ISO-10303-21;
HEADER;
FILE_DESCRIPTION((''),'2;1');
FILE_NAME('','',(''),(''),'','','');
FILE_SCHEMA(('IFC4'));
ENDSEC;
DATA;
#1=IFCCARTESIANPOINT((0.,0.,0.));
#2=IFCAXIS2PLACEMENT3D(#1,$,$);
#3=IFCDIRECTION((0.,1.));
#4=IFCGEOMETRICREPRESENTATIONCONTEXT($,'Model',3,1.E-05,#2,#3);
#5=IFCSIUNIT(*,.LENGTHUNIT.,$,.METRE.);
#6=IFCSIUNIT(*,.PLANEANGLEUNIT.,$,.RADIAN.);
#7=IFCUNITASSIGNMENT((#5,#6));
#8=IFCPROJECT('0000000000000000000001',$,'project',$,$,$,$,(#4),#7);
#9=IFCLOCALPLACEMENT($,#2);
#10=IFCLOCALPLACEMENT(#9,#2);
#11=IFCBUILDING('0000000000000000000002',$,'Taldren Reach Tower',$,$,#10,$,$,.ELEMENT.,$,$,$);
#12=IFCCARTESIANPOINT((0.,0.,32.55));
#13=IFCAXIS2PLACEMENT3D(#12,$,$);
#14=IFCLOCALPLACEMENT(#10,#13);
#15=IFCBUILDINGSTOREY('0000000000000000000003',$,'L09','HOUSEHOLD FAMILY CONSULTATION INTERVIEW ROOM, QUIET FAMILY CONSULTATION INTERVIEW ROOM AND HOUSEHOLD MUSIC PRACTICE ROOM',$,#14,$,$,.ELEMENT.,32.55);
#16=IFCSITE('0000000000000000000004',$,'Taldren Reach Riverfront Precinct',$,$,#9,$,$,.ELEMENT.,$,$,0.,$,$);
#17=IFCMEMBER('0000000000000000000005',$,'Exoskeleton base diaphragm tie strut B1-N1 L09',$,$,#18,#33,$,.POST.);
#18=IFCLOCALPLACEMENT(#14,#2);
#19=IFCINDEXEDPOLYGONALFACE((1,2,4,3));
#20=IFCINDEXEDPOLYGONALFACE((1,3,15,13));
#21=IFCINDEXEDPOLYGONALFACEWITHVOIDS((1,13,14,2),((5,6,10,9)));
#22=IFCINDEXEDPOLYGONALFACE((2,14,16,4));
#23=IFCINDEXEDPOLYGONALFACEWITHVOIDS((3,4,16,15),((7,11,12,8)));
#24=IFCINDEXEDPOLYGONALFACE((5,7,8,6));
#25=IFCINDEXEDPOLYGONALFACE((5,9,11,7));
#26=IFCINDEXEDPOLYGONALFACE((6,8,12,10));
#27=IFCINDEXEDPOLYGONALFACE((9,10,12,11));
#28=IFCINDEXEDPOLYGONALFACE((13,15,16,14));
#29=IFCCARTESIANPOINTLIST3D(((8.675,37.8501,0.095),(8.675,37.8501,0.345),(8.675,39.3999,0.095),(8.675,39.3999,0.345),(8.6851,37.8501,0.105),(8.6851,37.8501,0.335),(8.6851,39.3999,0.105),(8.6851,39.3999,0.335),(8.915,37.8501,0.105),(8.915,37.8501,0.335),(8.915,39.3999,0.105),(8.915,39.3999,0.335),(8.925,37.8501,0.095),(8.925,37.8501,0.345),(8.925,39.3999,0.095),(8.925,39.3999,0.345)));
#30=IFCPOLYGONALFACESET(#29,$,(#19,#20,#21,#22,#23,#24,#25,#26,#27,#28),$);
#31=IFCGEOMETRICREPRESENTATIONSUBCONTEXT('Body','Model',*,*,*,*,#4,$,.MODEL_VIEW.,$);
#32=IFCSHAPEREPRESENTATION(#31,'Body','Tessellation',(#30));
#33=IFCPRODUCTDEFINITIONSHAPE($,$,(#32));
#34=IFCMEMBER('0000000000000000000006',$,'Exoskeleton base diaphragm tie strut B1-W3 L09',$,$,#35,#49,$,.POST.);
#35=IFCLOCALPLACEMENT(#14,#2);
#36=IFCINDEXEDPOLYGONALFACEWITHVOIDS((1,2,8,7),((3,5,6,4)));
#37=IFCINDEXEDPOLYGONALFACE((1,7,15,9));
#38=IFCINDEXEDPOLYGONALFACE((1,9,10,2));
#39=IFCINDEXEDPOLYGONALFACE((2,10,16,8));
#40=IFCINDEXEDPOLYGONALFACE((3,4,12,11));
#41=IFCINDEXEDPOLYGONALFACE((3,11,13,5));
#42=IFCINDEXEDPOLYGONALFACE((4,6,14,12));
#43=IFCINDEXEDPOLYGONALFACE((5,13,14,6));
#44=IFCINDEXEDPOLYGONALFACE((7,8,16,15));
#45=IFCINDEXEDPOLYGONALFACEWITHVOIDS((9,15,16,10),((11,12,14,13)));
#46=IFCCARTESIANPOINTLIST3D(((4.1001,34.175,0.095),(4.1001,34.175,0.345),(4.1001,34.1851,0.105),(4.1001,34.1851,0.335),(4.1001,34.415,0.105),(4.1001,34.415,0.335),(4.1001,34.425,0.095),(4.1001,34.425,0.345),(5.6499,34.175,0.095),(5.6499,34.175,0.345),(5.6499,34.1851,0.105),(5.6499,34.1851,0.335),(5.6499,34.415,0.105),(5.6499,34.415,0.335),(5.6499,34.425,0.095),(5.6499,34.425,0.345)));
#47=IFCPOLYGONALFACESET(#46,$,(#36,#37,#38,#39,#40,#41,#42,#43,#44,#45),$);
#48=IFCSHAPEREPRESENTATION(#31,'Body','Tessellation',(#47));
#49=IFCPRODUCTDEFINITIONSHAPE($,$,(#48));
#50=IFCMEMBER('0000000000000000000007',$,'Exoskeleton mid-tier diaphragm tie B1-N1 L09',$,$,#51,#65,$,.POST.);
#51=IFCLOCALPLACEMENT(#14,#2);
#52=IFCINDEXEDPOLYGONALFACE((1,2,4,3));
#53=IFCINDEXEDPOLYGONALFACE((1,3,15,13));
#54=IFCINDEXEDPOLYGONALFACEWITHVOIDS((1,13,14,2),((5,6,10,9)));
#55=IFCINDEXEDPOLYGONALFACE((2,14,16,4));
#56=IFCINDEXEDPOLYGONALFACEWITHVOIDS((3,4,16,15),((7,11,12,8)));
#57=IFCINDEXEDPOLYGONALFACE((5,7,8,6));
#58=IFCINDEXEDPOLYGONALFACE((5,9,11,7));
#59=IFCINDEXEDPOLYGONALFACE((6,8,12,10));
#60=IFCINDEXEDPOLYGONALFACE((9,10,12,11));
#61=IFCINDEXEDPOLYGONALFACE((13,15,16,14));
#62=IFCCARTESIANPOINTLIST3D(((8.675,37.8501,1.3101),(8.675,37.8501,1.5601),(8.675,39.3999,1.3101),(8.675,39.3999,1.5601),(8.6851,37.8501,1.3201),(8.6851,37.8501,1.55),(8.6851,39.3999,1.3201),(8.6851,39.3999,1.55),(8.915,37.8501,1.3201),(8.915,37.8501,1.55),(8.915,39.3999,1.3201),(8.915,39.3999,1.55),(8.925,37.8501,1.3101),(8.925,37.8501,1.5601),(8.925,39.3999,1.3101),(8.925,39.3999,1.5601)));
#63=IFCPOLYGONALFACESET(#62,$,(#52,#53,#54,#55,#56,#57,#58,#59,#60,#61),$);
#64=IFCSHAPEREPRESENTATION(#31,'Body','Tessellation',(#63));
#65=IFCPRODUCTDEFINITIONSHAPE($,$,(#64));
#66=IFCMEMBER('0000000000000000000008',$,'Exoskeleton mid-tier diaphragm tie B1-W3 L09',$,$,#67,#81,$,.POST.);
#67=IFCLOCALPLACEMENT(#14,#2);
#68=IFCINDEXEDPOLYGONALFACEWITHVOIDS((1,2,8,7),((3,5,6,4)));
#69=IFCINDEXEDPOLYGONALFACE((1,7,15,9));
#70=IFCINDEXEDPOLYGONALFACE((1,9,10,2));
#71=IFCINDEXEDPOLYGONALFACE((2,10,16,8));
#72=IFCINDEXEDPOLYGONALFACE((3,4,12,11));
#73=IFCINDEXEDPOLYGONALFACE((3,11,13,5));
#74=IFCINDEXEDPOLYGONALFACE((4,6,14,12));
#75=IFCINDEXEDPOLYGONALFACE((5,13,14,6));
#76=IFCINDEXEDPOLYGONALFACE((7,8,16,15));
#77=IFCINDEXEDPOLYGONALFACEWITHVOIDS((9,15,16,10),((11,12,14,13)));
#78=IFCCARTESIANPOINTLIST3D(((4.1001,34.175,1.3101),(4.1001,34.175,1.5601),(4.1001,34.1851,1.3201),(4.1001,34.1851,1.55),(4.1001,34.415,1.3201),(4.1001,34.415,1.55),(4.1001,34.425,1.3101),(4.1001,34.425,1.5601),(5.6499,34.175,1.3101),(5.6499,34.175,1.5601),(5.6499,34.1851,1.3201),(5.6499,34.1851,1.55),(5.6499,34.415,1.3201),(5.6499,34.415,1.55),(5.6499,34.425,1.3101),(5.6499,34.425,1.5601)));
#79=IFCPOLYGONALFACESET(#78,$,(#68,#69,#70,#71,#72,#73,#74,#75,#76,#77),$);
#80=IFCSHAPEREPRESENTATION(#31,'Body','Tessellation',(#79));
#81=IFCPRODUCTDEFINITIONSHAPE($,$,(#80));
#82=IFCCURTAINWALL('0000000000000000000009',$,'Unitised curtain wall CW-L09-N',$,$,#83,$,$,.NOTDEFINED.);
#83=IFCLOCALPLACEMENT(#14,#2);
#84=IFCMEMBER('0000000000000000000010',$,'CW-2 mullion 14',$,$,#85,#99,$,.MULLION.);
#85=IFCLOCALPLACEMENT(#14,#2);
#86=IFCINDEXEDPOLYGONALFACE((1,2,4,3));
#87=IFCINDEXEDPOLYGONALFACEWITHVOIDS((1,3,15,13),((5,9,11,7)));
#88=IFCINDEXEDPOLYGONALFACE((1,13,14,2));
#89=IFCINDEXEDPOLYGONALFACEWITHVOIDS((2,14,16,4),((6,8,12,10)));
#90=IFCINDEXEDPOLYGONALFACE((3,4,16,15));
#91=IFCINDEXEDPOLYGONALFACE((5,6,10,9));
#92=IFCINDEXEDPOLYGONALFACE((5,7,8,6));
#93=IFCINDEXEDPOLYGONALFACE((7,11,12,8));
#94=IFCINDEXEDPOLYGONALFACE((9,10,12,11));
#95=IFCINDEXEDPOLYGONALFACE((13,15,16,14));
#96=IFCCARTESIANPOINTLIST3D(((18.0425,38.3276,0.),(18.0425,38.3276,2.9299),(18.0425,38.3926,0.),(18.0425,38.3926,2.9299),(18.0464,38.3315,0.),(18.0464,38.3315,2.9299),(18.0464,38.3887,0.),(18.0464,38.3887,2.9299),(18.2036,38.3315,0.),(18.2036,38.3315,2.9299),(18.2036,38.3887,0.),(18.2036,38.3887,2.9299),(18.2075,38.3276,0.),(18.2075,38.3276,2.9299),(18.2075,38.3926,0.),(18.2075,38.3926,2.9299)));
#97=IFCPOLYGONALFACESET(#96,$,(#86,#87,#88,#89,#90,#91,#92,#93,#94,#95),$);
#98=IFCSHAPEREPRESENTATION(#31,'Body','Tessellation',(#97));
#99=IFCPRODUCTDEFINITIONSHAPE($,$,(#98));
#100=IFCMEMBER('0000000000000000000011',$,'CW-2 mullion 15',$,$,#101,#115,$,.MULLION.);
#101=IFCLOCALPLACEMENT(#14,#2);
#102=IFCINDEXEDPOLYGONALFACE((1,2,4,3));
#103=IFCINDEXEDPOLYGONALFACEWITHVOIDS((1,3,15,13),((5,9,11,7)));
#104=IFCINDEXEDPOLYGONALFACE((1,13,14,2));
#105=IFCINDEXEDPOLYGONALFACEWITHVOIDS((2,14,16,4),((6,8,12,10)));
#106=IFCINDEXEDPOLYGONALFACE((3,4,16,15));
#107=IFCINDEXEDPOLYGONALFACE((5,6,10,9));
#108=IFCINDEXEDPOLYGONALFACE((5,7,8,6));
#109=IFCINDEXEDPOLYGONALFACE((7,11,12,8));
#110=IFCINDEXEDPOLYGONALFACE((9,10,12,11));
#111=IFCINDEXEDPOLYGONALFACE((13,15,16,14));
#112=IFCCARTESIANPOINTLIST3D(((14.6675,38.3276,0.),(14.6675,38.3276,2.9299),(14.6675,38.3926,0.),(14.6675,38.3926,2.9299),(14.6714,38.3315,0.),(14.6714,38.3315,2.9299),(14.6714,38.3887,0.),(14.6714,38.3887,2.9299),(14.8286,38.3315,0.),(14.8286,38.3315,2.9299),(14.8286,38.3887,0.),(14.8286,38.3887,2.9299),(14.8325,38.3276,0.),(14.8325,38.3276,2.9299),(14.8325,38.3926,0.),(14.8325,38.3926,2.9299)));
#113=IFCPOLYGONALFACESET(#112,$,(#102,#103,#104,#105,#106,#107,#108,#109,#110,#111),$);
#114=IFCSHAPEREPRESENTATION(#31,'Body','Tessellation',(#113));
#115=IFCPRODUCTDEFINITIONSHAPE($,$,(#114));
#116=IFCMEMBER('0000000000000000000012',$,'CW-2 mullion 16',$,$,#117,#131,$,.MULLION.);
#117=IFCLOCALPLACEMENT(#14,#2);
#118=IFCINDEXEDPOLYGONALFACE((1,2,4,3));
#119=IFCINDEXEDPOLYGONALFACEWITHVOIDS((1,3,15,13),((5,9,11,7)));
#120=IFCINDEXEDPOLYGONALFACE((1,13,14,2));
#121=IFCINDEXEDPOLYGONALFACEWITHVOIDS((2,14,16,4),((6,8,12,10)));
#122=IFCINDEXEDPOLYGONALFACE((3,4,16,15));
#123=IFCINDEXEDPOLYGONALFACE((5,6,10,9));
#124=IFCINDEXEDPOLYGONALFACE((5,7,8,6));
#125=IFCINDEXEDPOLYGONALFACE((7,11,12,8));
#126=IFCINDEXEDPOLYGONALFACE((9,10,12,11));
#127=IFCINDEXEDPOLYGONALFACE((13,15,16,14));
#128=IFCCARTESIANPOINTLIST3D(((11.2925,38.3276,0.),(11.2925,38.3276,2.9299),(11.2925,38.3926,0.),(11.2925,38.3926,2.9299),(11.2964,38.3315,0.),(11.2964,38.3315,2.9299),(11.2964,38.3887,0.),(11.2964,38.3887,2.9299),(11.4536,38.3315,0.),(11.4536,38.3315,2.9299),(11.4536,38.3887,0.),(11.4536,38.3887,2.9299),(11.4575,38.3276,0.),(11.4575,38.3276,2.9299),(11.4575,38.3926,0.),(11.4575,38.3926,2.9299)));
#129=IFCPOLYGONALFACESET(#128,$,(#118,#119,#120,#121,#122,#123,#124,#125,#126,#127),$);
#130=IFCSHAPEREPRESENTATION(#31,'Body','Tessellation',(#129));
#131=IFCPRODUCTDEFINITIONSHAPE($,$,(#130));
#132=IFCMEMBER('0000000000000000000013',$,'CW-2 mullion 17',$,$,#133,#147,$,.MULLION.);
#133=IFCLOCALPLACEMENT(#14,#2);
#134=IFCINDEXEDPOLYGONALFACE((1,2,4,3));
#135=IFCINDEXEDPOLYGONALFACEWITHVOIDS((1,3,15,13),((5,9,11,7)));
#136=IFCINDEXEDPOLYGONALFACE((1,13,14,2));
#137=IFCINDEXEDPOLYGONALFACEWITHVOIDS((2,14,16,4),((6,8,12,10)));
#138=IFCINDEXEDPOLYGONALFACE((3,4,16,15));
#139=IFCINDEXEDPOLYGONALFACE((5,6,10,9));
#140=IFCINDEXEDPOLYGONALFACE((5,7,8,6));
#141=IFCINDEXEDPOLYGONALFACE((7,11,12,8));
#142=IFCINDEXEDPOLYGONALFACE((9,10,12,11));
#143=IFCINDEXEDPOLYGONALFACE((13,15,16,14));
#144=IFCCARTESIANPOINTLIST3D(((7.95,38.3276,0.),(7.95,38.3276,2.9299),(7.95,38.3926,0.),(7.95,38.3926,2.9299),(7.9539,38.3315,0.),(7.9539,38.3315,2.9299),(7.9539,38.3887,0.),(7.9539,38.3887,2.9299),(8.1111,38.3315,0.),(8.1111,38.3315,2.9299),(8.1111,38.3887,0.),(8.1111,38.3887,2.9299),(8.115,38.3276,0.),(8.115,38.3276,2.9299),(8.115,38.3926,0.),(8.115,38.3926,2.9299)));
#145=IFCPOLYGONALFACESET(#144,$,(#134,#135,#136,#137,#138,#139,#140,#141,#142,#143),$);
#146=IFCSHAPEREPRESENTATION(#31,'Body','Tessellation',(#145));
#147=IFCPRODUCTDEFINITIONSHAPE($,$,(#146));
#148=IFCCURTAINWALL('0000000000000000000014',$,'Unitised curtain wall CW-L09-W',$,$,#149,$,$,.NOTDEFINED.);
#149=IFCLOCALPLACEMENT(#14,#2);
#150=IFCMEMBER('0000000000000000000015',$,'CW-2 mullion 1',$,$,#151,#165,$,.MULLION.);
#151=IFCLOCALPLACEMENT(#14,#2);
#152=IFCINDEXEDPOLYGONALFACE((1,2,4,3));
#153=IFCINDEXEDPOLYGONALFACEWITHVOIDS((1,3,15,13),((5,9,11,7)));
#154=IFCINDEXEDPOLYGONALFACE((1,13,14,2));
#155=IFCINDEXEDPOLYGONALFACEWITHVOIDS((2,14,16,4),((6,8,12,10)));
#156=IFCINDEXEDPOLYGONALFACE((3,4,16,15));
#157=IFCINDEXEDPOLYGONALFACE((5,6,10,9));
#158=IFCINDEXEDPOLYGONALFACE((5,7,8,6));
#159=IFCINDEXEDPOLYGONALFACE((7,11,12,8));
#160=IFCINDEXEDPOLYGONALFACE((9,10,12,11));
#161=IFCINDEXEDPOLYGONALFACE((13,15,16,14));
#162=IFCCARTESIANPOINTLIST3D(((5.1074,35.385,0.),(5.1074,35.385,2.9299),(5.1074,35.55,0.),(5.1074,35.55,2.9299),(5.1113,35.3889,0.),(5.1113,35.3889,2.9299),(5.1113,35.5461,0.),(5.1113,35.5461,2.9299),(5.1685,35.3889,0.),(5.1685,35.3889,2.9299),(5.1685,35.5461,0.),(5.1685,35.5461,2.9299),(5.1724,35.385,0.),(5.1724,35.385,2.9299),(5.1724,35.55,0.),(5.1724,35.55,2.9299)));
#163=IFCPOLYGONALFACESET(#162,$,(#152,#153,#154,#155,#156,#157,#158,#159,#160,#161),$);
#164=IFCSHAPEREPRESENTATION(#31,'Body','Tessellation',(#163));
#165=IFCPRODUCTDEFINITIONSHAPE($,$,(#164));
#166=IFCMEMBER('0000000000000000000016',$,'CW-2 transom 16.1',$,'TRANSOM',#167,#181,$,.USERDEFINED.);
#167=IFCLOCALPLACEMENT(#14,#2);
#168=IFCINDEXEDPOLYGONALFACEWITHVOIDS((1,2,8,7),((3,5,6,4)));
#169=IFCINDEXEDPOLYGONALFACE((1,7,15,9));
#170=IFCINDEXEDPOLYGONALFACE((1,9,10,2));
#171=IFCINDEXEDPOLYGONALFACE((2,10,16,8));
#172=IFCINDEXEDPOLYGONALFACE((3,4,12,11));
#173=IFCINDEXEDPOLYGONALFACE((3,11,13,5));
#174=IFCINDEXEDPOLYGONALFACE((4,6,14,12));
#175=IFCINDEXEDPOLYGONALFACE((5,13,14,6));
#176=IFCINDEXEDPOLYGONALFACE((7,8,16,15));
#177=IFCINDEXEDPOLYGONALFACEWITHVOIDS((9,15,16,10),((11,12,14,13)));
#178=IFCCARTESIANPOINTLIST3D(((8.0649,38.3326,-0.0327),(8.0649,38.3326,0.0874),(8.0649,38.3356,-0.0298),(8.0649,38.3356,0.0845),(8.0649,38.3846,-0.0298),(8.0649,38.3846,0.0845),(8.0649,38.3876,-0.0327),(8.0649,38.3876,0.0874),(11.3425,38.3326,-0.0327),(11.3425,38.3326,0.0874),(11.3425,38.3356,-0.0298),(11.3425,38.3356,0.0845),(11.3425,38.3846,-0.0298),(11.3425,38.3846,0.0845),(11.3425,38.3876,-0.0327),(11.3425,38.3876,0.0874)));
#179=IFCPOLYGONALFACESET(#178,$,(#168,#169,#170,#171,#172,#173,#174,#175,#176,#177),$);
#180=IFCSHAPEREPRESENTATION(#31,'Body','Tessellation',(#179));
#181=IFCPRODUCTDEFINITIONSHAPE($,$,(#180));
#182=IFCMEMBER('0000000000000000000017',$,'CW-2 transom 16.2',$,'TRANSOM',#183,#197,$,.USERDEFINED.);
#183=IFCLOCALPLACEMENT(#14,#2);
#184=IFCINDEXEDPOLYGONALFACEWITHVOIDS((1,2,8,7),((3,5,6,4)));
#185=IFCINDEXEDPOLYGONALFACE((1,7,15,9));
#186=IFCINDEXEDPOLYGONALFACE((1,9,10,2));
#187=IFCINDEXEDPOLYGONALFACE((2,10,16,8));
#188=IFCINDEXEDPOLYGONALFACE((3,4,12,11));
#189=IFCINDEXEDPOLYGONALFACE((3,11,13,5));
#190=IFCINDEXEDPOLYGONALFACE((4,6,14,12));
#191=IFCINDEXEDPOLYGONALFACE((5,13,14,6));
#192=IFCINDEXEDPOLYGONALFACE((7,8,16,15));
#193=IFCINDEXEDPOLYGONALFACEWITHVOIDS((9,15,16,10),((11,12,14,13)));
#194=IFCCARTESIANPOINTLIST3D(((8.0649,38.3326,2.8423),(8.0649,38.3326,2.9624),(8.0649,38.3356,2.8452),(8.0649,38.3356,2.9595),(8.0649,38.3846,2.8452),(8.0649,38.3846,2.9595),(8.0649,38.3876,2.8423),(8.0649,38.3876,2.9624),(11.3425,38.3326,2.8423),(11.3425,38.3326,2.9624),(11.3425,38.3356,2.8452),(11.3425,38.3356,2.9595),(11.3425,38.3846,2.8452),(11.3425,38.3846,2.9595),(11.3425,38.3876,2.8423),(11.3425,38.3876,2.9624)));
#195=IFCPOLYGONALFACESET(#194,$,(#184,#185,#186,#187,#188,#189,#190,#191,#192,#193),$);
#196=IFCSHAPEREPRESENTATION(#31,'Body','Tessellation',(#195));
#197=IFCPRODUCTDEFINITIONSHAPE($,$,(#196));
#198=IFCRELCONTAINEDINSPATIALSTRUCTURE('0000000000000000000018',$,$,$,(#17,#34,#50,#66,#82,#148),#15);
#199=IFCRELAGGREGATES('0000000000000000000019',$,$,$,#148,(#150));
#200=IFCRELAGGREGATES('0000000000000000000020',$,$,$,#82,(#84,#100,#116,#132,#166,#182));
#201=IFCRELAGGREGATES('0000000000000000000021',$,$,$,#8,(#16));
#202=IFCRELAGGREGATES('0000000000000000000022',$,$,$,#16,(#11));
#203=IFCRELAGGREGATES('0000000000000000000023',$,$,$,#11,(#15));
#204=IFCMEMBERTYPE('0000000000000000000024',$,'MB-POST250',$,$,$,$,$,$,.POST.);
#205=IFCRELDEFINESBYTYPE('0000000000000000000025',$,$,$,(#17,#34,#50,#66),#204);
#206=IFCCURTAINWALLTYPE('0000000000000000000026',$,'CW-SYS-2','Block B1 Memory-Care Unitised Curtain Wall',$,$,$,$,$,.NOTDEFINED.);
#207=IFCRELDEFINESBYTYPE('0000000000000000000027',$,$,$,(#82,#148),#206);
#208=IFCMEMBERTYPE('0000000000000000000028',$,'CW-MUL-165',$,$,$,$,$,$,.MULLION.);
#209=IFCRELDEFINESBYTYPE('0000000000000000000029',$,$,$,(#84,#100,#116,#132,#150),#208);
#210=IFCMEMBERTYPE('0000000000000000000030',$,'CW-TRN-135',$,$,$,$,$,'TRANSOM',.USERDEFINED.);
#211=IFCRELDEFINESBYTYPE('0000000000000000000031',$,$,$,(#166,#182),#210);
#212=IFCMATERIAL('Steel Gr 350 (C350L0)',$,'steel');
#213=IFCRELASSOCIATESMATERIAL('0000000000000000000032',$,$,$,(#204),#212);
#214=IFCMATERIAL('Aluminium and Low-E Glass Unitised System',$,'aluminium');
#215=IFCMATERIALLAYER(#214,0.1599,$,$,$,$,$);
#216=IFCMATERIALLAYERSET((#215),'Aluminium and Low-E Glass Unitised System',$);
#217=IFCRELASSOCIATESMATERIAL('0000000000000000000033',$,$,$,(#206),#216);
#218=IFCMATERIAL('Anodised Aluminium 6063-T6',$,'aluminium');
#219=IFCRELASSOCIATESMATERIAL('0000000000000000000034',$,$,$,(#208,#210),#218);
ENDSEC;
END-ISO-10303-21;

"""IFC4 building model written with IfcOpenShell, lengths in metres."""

from ifc_helpers import new_model, si_unit, direction, frame, origin, origin_2d, place, context, subcontext, project, spatial, hollow_rectangle, extrude, source, transform, mapped, material, layer, layer_set, material_profile, profile_set, type_object, element, aggregate, save


model = new_model("IFC4")

# Units and contexts
model_context = context("Model", 3, precision=1e-05, world=origin(), true_north=direction((0.0, 1.0)))
body_context = subcontext(model_context, "Body", "Model", "MODEL_VIEW")
ifc_project = project(units=[si_unit("LENGTHUNIT", "METRE"), si_unit("PLANEANGLEUNIT", "RADIAN")], contexts=[model_context])

# Site, building, storey
site_placement = place(None, origin())
site = spatial("IfcSite", under=ifc_project, at=site_placement, Name="Taldren Reach Riverfront Precinct", CompositionType="ELEMENT", RefElevation=0.0)
building_placement = place(site_placement, origin())
building = spatial("IfcBuilding", under=site, at=building_placement, Name="Taldren Reach Tower", CompositionType="ELEMENT")
storey_placement = place(building_placement, frame((0.0, 0.0, 32.55)))
storey = spatial("IfcBuildingStorey", under=building, at=storey_placement, Name="L09", Description="HOUSEHOLD FAMILY CONSULTATION INTERVIEW ROOM, QUIET FAMILY CONSULTATION INTERVIEW ROOM AND HOUSEHOLD MUSIC PRACTICE ROOM", CompositionType="ELEMENT", Elevation=32.55)

# Members
ifc_material_1 = material(Name="Steel Gr 350 (C350L0)", Category="steel")
ifc_material_profile_1 = material_profile(ifc_material_1, hollow_rectangle(XDim=0.25, YDim=0.25, WallThickness=0.01, at=origin_2d()), Name="250x250x10.0SHS")
ifc_profile_set_1 = profile_set([ifc_material_profile_1], Name="Steel Gr 350 (C350L0)")
member_type_1 = type_object("IfcMemberType", Name="MB-POST250", PredefinedType="POST", material=ifc_profile_set_1)
shared_shape_1 = source(origin(), body_context, "Body", "SweptSolid", [
    extrude(hollow_rectangle(XDim=0.25, YDim=0.25, WallThickness=0.01, at=origin_2d()), origin(), (0.0, 0.0, 1.0), 1.5498),
])
for number, where, z_axis, x_axis, name in (
    (1, (8.8, 37.8501, 0.22), (0.0, 1.0, 0.0), (-1.0, 0.0, 0.0), "Exoskeleton base diaphragm tie strut B1-N1 L09"),
    (2, (5.6499, 34.3, 0.22), (-1.0, 0.0, 0.0), (0.0, -1.0, 0.0), "Exoskeleton base diaphragm tie strut B1-W3 L09"),
    (3, (8.8, 37.8501, 1.4351), (0.0, 1.0, 0.0), (-1.0, 0.0, 0.0), "Exoskeleton mid-tier diaphragm tie B1-N1 L09"),
    (4, (5.6499, 34.3, 1.4351), (-1.0, 0.0, 0.0), (0.0, -1.0, 0.0), "Exoskeleton mid-tier diaphragm tie B1-W3 L09"),
):
    element("IfcMember", number, at=place(storey_placement, frame(where, z_axis=z_axis, x_axis=x_axis)), inside=storey, type_object=member_type_1, Name=name, PredefinedType="POST", context=body_context, shape_type="MappedRepresentation", body=[
        mapped(shared_shape_1, transform((0.0, 0.0, 0.0), scale=1.0)),
    ])

# Curtain wall, members
ifc_material_2 = material(Name="Aluminium and Low-E Glass Unitised System", Category="aluminium")
ifc_layer_1 = layer(ifc_material_2, 0.1599)
ifc_layer_set_1 = layer_set([ifc_layer_1], Name="Aluminium and Low-E Glass Unitised System")
curtain_wall_type = type_object("IfcCurtainWallType", Name="CW-SYS-2", Description="Block B1 Memory-Care Unitised Curtain Wall", PredefinedType="NOTDEFINED", material=ifc_layer_set_1)
curtain_wall_1_placement = place(storey_placement, origin())
curtain_wall_1 = element("IfcCurtainWall", 5, at=curtain_wall_1_placement, inside=storey, type_object=curtain_wall_type, Name="Unitised curtain wall CW-L09-N", PredefinedType="NOTDEFINED")
ifc_material_3 = material(Name="Anodised Aluminium 6063-T6", Category="aluminium")
ifc_material_profile_2 = material_profile(ifc_material_3, hollow_rectangle(XDim=0.0649, YDim=0.165, WallThickness=0.0039, at=origin_2d()), Name="ALU-165x65x4RHS")
ifc_profile_set_2 = profile_set([ifc_material_profile_2], Name="Anodised Aluminium 6063-T6")
member_type_2 = type_object("IfcMemberType", Name="CW-MUL-165", PredefinedType="MULLION", material=ifc_profile_set_2)
shared_shape_2 = source(origin(), body_context, "Body", "SweptSolid", [
    extrude(hollow_rectangle(XDim=0.0649, YDim=0.165, WallThickness=0.0039, at=origin_2d()), origin(), (0.0, 0.0, 1.0), 2.9299),
])
member_1_placement = place(storey_placement, frame((18.125, 38.3601, 0.0), z_axis=(0.0, 0.0, 1.0), x_axis=(0.0, -1.0, 0.0)))
member_1 = element("IfcMember", 6, at=member_1_placement, type_object=member_type_2, Name="CW-2 mullion 14", PredefinedType="MULLION", context=body_context, shape_type="MappedRepresentation", body=[
    mapped(shared_shape_2, transform((0.0, 0.0, 0.0), scale=1.0)),
])
member_2_placement = place(storey_placement, frame((14.75, 38.3601, 0.0), z_axis=(0.0, 0.0, 1.0), x_axis=(0.0, -1.0, 0.0)))
member_2 = element("IfcMember", 7, at=member_2_placement, type_object=member_type_2, Name="CW-2 mullion 15", PredefinedType="MULLION", context=body_context, shape_type="MappedRepresentation", body=[
    mapped(shared_shape_2, transform((0.0, 0.0, 0.0), scale=1.0)),
])
member_3_placement = place(storey_placement, frame((11.375, 38.3601, 0.0), z_axis=(0.0, 0.0, 1.0), x_axis=(0.0, -1.0, 0.0)))
member_3 = element("IfcMember", 8, at=member_3_placement, type_object=member_type_2, Name="CW-2 mullion 16", PredefinedType="MULLION", context=body_context, shape_type="MappedRepresentation", body=[
    mapped(shared_shape_2, transform((0.0, 0.0, 0.0), scale=1.0)),
])
member_4_placement = place(storey_placement, frame((8.0325, 38.3601, 0.0), z_axis=(0.0, 0.0, 1.0), x_axis=(0.0, -1.0, 0.0)))
member_4 = element("IfcMember", 9, at=member_4_placement, type_object=member_type_2, Name="CW-2 mullion 17", PredefinedType="MULLION", context=body_context, shape_type="MappedRepresentation", body=[
    mapped(shared_shape_2, transform((0.0, 0.0, 0.0), scale=1.0)),
])

# Curtain wall, member
curtain_wall_2_placement = place(storey_placement, origin())
curtain_wall_2 = element("IfcCurtainWall", 10, at=curtain_wall_2_placement, inside=storey, type_object=curtain_wall_type, Name="Unitised curtain wall CW-L09-W", PredefinedType="NOTDEFINED")
member_5_placement = place(storey_placement, frame((5.1399, 35.4675, 0.0), z_axis=(0.0, 0.0, 1.0), x_axis=(1.0, 0.0, 0.0)))
member_5 = element("IfcMember", 11, at=member_5_placement, type_object=member_type_2, Name="CW-2 mullion 1", PredefinedType="MULLION", context=body_context, shape_type="MappedRepresentation", body=[
    mapped(shared_shape_2, transform((0.0, 0.0, 0.0), scale=1.0)),
])

# Members
ifc_material_profile_3 = material_profile(ifc_material_3, hollow_rectangle(XDim=0.0549, YDim=0.1201, WallThickness=0.0029, at=origin_2d()), Name="ALU-120x55x3RHS")
ifc_profile_set_3 = profile_set([ifc_material_profile_3], Name="Anodised Aluminium 6063-T6")
member_type_3 = type_object("IfcMemberType", Name="CW-TRN-135", ElementType="TRANSOM", PredefinedType="USERDEFINED", material=ifc_profile_set_3)
shared_shape_3 = source(origin(), body_context, "Body", "SweptSolid", [
    extrude(hollow_rectangle(XDim=0.0549, YDim=0.1201, WallThickness=0.0029, at=origin_2d()), origin(), (0.0, 0.0, 1.0), 3.2776),
])
member_6_placement = place(storey_placement, frame((11.3425, 38.3601, 0.0273), z_axis=(-1.0, 0.0, 0.0), x_axis=(0.0, -1.0, 0.0)))
member_6 = element("IfcMember", 12, at=member_6_placement, type_object=member_type_3, Name="CW-2 transom 16.1", ObjectType="TRANSOM", PredefinedType="USERDEFINED", context=body_context, shape_type="MappedRepresentation", body=[
    mapped(shared_shape_3, transform((0.0, 0.0, 0.0), scale=1.0)),
])
member_7_placement = place(storey_placement, frame((11.3425, 38.3601, 2.9023), z_axis=(-1.0, 0.0, 0.0), x_axis=(0.0, -1.0, 0.0)))
member_7 = element("IfcMember", 13, at=member_7_placement, type_object=member_type_3, Name="CW-2 transom 16.2", ObjectType="TRANSOM", PredefinedType="USERDEFINED", context=body_context, shape_type="MappedRepresentation", body=[
    mapped(shared_shape_3, transform((0.0, 0.0, 0.0), scale=1.0)),
])
aggregate(curtain_wall_2, [member_5])

aggregate(curtain_wall_1, [member_1, member_2, member_3, member_4, member_6, member_7])

save(model, "model.ifc")
